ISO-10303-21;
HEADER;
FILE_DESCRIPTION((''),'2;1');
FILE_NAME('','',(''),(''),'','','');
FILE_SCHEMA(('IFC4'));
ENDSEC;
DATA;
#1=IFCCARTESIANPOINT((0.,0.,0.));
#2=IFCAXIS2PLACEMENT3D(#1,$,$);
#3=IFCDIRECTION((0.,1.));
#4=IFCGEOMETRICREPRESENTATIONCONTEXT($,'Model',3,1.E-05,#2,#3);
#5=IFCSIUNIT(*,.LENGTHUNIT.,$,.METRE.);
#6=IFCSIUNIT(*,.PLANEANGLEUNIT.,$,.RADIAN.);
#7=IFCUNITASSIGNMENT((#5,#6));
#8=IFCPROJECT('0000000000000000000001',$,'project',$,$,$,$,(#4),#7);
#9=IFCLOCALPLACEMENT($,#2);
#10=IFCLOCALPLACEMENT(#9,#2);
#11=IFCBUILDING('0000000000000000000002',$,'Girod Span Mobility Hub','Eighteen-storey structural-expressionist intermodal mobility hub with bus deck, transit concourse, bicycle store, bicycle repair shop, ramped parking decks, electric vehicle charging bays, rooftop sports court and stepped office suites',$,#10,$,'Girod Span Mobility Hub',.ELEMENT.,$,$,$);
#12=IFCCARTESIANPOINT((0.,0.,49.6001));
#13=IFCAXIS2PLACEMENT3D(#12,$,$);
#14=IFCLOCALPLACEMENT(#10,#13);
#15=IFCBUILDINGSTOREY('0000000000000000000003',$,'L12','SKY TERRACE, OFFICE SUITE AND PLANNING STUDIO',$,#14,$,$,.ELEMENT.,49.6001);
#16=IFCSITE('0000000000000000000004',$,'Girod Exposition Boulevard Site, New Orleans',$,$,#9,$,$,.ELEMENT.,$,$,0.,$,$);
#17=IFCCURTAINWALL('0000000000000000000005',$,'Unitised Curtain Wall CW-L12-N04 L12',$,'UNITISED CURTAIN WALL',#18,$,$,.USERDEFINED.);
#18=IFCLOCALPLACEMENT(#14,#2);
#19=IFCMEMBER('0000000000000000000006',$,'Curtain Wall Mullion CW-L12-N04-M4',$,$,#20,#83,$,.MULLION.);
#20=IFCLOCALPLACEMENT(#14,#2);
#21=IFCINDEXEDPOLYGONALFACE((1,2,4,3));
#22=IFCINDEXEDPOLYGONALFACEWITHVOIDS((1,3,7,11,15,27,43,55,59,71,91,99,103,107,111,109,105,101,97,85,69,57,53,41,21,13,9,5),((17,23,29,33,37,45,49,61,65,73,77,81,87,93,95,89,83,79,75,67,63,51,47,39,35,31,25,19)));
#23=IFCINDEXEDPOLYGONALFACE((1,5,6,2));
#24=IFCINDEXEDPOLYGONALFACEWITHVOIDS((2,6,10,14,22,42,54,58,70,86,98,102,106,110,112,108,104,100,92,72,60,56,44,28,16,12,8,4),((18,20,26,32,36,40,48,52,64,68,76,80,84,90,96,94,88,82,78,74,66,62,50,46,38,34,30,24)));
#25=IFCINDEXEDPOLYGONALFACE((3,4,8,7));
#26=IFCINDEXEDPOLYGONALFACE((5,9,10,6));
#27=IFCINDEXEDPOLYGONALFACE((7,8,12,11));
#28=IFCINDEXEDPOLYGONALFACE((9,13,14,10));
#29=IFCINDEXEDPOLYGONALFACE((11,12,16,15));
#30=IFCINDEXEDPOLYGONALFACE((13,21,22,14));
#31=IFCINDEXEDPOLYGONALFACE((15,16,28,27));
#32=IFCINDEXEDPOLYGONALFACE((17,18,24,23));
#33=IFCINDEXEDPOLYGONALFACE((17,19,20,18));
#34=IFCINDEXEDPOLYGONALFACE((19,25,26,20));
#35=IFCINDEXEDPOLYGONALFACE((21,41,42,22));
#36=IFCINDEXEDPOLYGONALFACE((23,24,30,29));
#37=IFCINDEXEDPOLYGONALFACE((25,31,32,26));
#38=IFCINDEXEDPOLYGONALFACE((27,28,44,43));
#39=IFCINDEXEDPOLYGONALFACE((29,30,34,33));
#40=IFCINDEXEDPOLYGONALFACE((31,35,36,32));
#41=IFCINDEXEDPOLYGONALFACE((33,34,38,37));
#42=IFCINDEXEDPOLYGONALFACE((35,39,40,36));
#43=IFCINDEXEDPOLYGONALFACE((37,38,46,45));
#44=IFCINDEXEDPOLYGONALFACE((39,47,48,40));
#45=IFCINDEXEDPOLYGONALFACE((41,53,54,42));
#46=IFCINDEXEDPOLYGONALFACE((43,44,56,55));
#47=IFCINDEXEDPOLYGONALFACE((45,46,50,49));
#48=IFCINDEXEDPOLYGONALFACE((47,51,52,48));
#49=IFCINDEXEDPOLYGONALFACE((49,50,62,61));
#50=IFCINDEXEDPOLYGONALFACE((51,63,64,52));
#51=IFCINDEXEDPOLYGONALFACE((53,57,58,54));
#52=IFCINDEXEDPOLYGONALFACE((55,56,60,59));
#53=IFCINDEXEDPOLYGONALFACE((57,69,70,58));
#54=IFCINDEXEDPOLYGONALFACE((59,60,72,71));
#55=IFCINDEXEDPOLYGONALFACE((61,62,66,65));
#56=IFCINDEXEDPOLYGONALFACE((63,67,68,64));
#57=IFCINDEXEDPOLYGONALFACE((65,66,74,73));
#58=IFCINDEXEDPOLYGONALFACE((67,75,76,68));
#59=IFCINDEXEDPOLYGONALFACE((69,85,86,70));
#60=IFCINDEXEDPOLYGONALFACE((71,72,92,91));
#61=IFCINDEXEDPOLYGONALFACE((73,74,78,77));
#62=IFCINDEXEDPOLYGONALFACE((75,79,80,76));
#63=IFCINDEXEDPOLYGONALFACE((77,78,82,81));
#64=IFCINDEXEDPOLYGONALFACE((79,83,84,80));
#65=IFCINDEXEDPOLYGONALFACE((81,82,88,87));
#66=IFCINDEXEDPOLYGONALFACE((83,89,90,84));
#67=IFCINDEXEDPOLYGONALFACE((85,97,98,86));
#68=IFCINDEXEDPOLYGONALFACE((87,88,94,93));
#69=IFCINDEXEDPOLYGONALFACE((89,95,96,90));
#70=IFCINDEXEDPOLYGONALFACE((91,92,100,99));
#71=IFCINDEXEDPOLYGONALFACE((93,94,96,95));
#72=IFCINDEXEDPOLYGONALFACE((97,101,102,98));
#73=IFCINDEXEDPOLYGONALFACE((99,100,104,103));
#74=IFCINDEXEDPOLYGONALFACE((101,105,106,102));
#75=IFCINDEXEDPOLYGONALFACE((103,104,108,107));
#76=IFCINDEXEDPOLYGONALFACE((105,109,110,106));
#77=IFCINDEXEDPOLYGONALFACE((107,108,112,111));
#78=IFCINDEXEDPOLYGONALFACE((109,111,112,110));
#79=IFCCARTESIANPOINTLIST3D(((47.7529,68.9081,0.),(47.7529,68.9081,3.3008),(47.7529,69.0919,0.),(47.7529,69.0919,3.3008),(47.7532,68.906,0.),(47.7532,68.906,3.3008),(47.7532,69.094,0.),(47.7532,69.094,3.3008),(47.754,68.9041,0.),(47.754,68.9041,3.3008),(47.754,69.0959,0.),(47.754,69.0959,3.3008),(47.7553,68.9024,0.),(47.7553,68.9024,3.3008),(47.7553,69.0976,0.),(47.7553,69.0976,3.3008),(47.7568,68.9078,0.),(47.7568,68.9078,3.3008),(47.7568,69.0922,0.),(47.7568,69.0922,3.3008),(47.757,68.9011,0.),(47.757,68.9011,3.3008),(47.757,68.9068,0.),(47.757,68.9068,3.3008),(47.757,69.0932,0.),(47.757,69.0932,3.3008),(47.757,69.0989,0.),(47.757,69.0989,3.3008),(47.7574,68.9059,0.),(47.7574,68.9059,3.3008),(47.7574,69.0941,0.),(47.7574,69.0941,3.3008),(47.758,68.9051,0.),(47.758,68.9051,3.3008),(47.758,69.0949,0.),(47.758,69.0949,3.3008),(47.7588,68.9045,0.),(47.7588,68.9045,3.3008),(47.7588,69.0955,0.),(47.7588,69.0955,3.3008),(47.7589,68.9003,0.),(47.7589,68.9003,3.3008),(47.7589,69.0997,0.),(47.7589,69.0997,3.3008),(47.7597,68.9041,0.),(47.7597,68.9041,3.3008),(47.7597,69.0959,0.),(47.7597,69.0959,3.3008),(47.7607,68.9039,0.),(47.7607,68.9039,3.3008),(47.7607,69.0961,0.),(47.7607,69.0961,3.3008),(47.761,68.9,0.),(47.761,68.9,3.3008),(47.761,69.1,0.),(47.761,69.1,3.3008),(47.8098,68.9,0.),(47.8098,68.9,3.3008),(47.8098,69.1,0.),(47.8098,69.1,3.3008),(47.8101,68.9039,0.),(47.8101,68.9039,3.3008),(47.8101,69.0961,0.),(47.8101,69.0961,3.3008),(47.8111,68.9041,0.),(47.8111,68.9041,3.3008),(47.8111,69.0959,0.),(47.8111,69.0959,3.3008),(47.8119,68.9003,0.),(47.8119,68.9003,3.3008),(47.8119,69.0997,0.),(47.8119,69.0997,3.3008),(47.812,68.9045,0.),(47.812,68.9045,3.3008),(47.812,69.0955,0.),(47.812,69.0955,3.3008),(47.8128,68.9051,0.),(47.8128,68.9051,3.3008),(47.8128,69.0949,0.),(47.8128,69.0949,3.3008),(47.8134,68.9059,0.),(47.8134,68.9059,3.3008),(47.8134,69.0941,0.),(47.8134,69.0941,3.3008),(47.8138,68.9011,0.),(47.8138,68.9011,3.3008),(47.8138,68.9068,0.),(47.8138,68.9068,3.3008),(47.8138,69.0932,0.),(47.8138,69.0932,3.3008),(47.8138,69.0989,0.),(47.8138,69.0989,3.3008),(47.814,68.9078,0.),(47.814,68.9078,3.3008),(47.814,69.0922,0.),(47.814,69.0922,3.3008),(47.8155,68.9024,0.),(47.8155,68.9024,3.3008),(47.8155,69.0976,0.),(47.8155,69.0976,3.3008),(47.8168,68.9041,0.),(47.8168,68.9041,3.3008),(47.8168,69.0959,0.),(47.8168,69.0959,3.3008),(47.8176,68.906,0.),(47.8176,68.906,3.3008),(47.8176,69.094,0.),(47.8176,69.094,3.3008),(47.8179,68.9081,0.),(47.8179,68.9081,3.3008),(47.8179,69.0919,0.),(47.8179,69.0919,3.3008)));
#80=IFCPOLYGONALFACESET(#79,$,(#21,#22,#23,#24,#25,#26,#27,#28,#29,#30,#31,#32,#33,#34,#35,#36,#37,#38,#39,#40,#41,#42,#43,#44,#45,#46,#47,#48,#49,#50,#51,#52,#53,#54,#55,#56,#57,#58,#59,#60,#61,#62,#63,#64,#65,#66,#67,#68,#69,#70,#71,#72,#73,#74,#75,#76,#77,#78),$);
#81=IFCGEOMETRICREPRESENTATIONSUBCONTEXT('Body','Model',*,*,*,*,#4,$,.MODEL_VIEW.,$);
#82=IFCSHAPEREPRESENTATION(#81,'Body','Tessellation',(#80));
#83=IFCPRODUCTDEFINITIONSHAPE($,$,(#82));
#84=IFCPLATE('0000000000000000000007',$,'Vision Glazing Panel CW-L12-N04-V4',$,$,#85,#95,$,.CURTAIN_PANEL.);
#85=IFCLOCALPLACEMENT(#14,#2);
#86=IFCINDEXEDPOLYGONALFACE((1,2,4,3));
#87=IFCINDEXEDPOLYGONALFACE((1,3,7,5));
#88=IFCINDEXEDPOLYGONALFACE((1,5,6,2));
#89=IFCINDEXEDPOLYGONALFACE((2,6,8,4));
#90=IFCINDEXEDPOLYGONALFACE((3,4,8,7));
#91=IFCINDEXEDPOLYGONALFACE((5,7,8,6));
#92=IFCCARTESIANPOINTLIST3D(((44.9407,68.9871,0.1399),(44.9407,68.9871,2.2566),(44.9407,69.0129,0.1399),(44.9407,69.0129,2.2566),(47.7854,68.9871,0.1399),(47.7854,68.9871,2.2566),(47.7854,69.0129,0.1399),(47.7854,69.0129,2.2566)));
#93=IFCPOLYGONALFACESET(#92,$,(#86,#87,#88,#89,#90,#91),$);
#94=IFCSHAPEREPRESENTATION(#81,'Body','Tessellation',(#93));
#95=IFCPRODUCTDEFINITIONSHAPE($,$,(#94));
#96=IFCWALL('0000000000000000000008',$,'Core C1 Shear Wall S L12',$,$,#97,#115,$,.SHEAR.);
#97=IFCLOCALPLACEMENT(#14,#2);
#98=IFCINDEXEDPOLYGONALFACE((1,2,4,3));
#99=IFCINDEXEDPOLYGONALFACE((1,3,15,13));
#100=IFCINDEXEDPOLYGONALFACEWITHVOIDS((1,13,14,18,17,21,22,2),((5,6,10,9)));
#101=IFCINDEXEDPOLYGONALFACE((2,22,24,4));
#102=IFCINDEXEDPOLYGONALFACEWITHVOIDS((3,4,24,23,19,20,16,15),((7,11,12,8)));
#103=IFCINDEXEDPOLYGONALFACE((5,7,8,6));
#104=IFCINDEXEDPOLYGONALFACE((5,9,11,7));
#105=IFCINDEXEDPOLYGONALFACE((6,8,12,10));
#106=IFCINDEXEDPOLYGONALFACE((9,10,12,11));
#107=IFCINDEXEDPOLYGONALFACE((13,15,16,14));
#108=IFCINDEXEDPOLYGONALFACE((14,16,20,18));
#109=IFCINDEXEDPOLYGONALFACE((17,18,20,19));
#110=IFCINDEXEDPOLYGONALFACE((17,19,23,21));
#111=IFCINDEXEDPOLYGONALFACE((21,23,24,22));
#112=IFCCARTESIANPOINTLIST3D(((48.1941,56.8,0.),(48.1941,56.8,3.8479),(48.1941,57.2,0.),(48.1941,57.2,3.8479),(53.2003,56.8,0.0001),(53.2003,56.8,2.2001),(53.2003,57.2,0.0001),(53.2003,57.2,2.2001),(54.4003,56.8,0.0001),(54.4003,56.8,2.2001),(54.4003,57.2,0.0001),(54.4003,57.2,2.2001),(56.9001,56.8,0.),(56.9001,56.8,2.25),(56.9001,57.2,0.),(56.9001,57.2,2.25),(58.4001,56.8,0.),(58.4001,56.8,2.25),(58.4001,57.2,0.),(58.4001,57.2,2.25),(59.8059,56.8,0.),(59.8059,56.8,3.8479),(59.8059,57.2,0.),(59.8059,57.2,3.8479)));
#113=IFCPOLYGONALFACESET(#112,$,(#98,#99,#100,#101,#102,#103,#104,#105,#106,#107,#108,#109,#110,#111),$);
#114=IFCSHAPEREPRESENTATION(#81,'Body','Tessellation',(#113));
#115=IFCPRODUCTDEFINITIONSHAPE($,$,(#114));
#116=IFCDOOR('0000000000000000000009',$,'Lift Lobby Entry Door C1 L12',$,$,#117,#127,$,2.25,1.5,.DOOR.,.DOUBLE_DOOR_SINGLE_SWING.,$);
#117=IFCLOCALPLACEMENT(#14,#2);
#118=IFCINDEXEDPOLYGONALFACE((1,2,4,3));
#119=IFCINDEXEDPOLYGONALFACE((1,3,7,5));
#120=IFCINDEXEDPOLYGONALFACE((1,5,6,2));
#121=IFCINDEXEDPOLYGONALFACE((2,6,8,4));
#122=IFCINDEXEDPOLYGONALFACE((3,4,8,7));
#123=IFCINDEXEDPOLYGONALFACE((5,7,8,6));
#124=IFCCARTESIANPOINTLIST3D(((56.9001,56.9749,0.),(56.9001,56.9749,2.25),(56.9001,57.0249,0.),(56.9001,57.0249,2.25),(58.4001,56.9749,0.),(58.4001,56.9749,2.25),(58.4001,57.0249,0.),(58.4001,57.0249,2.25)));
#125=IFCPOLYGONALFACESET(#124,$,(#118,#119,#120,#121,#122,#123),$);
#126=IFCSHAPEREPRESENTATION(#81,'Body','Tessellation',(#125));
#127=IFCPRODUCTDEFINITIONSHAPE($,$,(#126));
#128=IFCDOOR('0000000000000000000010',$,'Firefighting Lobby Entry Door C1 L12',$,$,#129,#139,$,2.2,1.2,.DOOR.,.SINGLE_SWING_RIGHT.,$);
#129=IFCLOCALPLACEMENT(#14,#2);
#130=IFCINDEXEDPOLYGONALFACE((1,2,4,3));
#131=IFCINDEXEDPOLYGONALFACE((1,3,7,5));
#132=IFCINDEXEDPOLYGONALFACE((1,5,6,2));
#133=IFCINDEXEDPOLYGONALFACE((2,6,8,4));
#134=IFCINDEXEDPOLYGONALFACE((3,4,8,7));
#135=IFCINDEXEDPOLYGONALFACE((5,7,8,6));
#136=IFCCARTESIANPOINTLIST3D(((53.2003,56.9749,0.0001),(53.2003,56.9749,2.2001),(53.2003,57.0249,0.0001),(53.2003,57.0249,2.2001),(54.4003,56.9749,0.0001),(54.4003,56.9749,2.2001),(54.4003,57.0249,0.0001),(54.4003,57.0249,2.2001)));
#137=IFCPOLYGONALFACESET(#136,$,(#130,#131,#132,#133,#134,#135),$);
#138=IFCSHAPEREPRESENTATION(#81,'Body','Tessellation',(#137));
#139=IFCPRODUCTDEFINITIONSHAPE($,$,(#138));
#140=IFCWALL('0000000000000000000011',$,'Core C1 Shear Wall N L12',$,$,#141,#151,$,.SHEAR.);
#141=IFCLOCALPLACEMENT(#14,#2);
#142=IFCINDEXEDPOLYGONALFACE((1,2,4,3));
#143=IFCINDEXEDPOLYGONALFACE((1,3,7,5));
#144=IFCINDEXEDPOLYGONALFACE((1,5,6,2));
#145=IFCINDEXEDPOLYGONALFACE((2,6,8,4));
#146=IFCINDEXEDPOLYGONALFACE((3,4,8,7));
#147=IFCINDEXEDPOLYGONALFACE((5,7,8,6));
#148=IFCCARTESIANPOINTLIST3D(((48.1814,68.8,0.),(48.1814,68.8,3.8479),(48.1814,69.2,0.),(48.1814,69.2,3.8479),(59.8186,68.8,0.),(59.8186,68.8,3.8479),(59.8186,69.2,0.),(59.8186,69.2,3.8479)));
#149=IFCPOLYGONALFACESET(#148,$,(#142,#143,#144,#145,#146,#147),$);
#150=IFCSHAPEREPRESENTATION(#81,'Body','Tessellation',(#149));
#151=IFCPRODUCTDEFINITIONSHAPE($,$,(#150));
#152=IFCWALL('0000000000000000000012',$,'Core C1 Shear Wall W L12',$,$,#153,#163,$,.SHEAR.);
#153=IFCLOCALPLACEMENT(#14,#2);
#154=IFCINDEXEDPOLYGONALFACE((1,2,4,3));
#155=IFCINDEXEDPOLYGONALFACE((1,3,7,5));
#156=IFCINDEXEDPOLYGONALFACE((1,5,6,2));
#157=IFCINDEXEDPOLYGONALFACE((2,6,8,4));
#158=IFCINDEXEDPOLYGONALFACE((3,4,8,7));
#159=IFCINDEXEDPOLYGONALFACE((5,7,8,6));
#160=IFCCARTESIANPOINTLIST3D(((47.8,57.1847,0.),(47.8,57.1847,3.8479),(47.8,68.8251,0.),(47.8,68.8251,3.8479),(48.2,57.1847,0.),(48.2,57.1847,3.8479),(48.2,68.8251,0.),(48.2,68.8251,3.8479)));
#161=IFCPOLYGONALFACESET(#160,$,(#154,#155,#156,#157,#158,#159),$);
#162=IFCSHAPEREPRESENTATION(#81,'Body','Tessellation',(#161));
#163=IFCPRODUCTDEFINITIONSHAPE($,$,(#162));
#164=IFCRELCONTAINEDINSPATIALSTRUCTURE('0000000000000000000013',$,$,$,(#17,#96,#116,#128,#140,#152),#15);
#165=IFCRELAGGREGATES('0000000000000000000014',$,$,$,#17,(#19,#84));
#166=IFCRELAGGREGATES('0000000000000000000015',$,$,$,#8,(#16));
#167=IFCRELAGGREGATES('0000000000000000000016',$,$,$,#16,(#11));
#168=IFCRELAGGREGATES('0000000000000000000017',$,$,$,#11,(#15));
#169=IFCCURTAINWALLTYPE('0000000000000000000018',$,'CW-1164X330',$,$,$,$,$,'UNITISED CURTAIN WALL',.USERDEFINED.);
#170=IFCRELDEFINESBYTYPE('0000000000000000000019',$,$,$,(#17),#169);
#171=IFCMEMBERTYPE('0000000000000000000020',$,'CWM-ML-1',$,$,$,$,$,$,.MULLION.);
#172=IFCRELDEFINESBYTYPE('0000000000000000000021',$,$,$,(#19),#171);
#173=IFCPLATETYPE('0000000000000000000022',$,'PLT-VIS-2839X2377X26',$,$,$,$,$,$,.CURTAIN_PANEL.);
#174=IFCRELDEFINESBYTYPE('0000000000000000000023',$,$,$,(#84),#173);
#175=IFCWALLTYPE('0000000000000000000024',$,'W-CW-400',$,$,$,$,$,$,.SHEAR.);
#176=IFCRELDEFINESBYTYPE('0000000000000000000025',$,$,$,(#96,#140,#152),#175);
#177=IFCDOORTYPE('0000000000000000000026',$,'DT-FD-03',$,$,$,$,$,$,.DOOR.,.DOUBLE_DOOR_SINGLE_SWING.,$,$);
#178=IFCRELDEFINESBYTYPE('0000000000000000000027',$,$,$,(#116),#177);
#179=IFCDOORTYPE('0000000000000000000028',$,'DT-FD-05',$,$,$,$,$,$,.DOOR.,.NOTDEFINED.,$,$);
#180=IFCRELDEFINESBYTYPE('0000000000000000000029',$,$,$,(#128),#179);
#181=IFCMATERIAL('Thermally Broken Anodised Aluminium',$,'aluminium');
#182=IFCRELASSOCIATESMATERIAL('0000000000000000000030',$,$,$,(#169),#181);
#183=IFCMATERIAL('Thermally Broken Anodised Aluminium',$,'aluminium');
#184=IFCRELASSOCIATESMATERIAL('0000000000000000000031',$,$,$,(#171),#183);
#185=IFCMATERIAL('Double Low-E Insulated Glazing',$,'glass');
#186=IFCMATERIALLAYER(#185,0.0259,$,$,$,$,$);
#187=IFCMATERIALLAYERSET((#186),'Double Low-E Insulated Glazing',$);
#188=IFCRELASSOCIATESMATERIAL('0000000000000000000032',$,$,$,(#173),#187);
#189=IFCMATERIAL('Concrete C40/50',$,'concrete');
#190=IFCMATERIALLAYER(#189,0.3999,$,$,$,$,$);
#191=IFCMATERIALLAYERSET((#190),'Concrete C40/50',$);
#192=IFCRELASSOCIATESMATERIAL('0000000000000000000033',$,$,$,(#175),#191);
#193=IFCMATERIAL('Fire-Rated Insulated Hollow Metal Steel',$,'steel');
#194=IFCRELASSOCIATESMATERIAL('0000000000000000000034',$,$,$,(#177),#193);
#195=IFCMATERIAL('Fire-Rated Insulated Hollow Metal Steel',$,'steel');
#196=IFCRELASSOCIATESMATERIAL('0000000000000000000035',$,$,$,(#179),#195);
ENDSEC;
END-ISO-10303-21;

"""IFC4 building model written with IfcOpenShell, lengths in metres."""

from ifc_helpers import new_model, si_unit, direction, frame, frame_2d, origin, origin_2d, place, context, subcontext, project, spatial, rectangle, hollow_rectangle, extrude, material, layer, layer_set, material_profile, profile_set, type_object, element, fill, aggregate, save


model = new_model("IFC4")

# Units and contexts
model_context = context("Model", 3, precision=1e-05, world=origin(), true_north=direction((0.0, 1.0)))
body_context = subcontext(model_context, "Body", "Model", "MODEL_VIEW")
ifc_project = project(units=[si_unit("LENGTHUNIT", "METRE"), si_unit("PLANEANGLEUNIT", "RADIAN")], contexts=[model_context])

# Site, building, storey
site_placement = place(None, origin())
site = spatial("IfcSite", under=ifc_project, at=site_placement, Name="Girod Exposition Boulevard Site, New Orleans", CompositionType="ELEMENT", RefElevation=0.0)
building_placement = place(site_placement, origin())
building = spatial("IfcBuilding", under=site, at=building_placement, Name="Girod Span Mobility Hub", Description="Eighteen-storey structural-expressionist intermodal mobility hub with bus deck, transit concourse, bicycle store, bicycle repair shop, ramped parking decks, electric vehicle charging bays, rooftop sports court and stepped office suites", LongName="Girod Span Mobility Hub", CompositionType="ELEMENT")
storey_placement = place(building_placement, frame((0.0, 0.0, 49.6001)))
storey = spatial("IfcBuildingStorey", under=building, at=storey_placement, Name="L12", Description="SKY TERRACE, OFFICE SUITE AND PLANNING STUDIO", CompositionType="ELEMENT", Elevation=49.6001)

# Curtain wall, member, plate
ifc_material_1 = material(Name="Thermally Broken Anodised Aluminium", Category="aluminium")
curtain_wall_type = type_object("IfcCurtainWallType", Name="CW-1164X330", ElementType="UNITISED CURTAIN WALL", PredefinedType="USERDEFINED", material=ifc_material_1)
curtain_wall_placement = place(storey_placement, origin())
curtain_wall = element("IfcCurtainWall", 1, at=curtain_wall_placement, inside=storey, type_object=curtain_wall_type, Name="Unitised Curtain Wall CW-L12-N04 L12", ObjectType="UNITISED CURTAIN WALL", PredefinedType="USERDEFINED")
ifc_material_2 = material(Name="Thermally Broken Anodised Aluminium", Category="aluminium")
ifc_material_profile_1 = material_profile(ifc_material_2, hollow_rectangle(XDim=0.2, YDim=0.0649, WallThickness=0.0039, InnerFilletRadius=0.0039, OuterFilletRadius=0.0081, at=origin_2d()), Name="CW-ML-65X200")
ifc_profile_set_1 = profile_set([ifc_material_profile_1], Name="Thermally Broken Anodised Aluminium")
member_type = type_object("IfcMemberType", Name="CWM-ML-1", PredefinedType="MULLION", material=ifc_profile_set_1)
member_1_placement = place(storey_placement, frame((47.7854, 69.0, 0.0), z_axis=(0.0, 0.0, 1.0), x_axis=(0.0, 1.0, 0.0)))
member_1 = element("IfcMember", 2, at=member_1_placement, type_object=member_type, Name="Curtain Wall Mullion CW-L12-N04-M4", PredefinedType="MULLION", context=body_context, shape_type="SweptSolid", body=[
    extrude(hollow_rectangle(XDim=0.2, YDim=0.0649, WallThickness=0.0039, InnerFilletRadius=0.0039, OuterFilletRadius=0.0081, at=origin_2d()), origin(), (0.0, 0.0, 1.0), 3.3008),
])
ifc_material_3 = material(Name="Double Low-E Insulated Glazing", Category="glass")
ifc_layer_1 = layer(ifc_material_3, 0.0259)
ifc_layer_set_1 = layer_set([ifc_layer_1], Name="Double Low-E Insulated Glazing")
plate_type = type_object("IfcPlateType", Name="PLT-VIS-2839X2377X26", PredefinedType="CURTAIN_PANEL", material=ifc_layer_set_1)
plate_placement = place(storey_placement, frame((46.363, 69.0, 0.1399), z_axis=(0.0, 0.0, 1.0), x_axis=(1.0, 0.0, 0.0)))
plate = element("IfcPlate", 3, at=plate_placement, type_object=plate_type, Name="Vision Glazing Panel CW-L12-N04-V4", PredefinedType="CURTAIN_PANEL", context=body_context, shape_type="SweptSolid", body=[
    extrude(rectangle(XDim=2.8447, YDim=0.0259, at=origin_2d()), origin(), (0.0, 0.0, 1.0), 2.1167),
])
aggregate(curtain_wall, [member_1, plate])

# Wall, openings, doors
ifc_material_4 = material(Name="Concrete C40/50", Category="concrete")
ifc_layer_2 = layer(ifc_material_4, 0.3999)
ifc_layer_set_2 = layer_set([ifc_layer_2], Name="Concrete C40/50")
wall_type_1 = type_object("IfcWallType", Name="W-CW-400", PredefinedType="SHEAR", material=ifc_layer_set_2)
wall_1_placement = place(storey_placement, frame((48.1941, 57.0, 0.0), z_axis=(0.0, 0.0, 1.0), x_axis=(1.0, 0.0, 0.0)))
wall_1 = element("IfcWall", 4, at=wall_1_placement, inside=storey, type_object=wall_type_1, Name="Core C1 Shear Wall S L12", PredefinedType="SHEAR", context=body_context, shape_type="SweptSolid", body=[
    extrude(rectangle(XDim=11.6118, YDim=0.3999, at=frame_2d((5.8059, 0.0))), origin(), (0.0, 0.0, 1.0), 3.8479),
])
opening_1_placement = place(wall_1_placement, frame((5.0061, 0.0, 0.0)))
opening_1 = element("IfcOpeningElement", 5, at=opening_1_placement, cuts=wall_1, PredefinedType="OPENING", context=body_context, shape_type="SweptSolid", body=[
    extrude(rectangle(XDim=1.2, YDim=2.2, at=frame_2d((0.6001, 1.1001))), frame((0.0, 0.2148, 0.0), z_axis=(0.0, -1.0, 0.0), x_axis=(1.0, 0.0, 0.0)), (0.0, 0.0, 1.0), 0.4299),
])
opening_2_placement = place(wall_1_placement, frame((8.7061, 0.0, 0.0)))
opening_2 = element("IfcOpeningElement", 6, at=opening_2_placement, cuts=wall_1, PredefinedType="OPENING", context=body_context, shape_type="SweptSolid", body=[
    extrude(rectangle(XDim=1.5, YDim=2.25, at=frame_2d((0.75, 1.125))), frame((0.0, 0.2148, 0.0), z_axis=(0.0, -1.0, 0.0), x_axis=(1.0, 0.0, 0.0)), (0.0, 0.0, 1.0), 0.4299),
])
ifc_material_5 = material(Name="Fire-Rated Insulated Hollow Metal Steel", Category="steel")
door_type_1 = type_object("IfcDoorType", Name="DT-FD-03", OperationType="DOUBLE_DOOR_SINGLE_SWING", PredefinedType="DOOR", material=ifc_material_5)
door_1_placement = place(opening_2_placement, origin())
door_1 = element("IfcDoor", 7, at=door_1_placement, inside=storey, type_object=door_type_1, Name="Lift Lobby Entry Door C1 L12", OperationType="DOUBLE_DOOR_SINGLE_SWING", OverallHeight=2.25, OverallWidth=1.5, PredefinedType="DOOR", context=body_context, shape_type="SweptSolid", body=[
    extrude(rectangle(XDim=1.5, YDim=2.25, at=frame_2d((0.75, 1.125))), frame((0.0, 0.0249, 0.0), z_axis=(0.0, -1.0, 0.0), x_axis=(1.0, 0.0, 0.0)), (0.0, 0.0, 1.0), 0.05),
])
fill(opening_2, door_1)
ifc_material_6 = material(Name="Fire-Rated Insulated Hollow Metal Steel", Category="steel")
door_type_2 = type_object("IfcDoorType", Name="DT-FD-05", OperationType="NOTDEFINED", PredefinedType="DOOR", material=ifc_material_6)
door_2_placement = place(opening_1_placement, origin())
door_2 = element("IfcDoor", 8, at=door_2_placement, inside=storey, type_object=door_type_2, Name="Firefighting Lobby Entry Door C1 L12", OperationType="SINGLE_SWING_RIGHT", OverallHeight=2.2, OverallWidth=1.2, PredefinedType="DOOR", context=body_context, shape_type="SweptSolid", body=[
    extrude(rectangle(XDim=1.2, YDim=2.2, at=frame_2d((0.6001, 1.1001))), frame((0.0, 0.0249, 0.0), z_axis=(0.0, -1.0, 0.0), x_axis=(1.0, 0.0, 0.0)), (0.0, 0.0, 1.0), 0.05),
])
fill(opening_1, door_2)

# Walls
wall_2_placement = place(storey_placement, frame((48.1814, 69.0, 0.0), z_axis=(0.0, 0.0, 1.0), x_axis=(1.0, 0.0, 0.0)))
element("IfcWall", 9, at=wall_2_placement, inside=storey, type_object=wall_type_1, Name="Core C1 Shear Wall N L12", PredefinedType="SHEAR", context=body_context, shape_type="SweptSolid", body=[
    extrude(rectangle(XDim=11.6372, YDim=0.3999, at=frame_2d((5.8186, 0.0))), origin(), (0.0, 0.0, 1.0), 3.8479),
])
wall_3_placement = place(storey_placement, frame((48.0, 57.1846, 0.0), z_axis=(0.0, 0.0, 1.0), x_axis=(0.0, 1.0, 0.0)))
element("IfcWall", 10, at=wall_3_placement, inside=storey, type_object=wall_type_1, Name="Core C1 Shear Wall W L12", PredefinedType="SHEAR", context=body_context, shape_type="SweptSolid", body=[
    extrude(rectangle(XDim=11.6404, YDim=0.3999, at=frame_2d((5.8203, 0.0))), origin(), (0.0, 0.0, 1.0), 3.8479),
])

save(model, "model.ifc")
